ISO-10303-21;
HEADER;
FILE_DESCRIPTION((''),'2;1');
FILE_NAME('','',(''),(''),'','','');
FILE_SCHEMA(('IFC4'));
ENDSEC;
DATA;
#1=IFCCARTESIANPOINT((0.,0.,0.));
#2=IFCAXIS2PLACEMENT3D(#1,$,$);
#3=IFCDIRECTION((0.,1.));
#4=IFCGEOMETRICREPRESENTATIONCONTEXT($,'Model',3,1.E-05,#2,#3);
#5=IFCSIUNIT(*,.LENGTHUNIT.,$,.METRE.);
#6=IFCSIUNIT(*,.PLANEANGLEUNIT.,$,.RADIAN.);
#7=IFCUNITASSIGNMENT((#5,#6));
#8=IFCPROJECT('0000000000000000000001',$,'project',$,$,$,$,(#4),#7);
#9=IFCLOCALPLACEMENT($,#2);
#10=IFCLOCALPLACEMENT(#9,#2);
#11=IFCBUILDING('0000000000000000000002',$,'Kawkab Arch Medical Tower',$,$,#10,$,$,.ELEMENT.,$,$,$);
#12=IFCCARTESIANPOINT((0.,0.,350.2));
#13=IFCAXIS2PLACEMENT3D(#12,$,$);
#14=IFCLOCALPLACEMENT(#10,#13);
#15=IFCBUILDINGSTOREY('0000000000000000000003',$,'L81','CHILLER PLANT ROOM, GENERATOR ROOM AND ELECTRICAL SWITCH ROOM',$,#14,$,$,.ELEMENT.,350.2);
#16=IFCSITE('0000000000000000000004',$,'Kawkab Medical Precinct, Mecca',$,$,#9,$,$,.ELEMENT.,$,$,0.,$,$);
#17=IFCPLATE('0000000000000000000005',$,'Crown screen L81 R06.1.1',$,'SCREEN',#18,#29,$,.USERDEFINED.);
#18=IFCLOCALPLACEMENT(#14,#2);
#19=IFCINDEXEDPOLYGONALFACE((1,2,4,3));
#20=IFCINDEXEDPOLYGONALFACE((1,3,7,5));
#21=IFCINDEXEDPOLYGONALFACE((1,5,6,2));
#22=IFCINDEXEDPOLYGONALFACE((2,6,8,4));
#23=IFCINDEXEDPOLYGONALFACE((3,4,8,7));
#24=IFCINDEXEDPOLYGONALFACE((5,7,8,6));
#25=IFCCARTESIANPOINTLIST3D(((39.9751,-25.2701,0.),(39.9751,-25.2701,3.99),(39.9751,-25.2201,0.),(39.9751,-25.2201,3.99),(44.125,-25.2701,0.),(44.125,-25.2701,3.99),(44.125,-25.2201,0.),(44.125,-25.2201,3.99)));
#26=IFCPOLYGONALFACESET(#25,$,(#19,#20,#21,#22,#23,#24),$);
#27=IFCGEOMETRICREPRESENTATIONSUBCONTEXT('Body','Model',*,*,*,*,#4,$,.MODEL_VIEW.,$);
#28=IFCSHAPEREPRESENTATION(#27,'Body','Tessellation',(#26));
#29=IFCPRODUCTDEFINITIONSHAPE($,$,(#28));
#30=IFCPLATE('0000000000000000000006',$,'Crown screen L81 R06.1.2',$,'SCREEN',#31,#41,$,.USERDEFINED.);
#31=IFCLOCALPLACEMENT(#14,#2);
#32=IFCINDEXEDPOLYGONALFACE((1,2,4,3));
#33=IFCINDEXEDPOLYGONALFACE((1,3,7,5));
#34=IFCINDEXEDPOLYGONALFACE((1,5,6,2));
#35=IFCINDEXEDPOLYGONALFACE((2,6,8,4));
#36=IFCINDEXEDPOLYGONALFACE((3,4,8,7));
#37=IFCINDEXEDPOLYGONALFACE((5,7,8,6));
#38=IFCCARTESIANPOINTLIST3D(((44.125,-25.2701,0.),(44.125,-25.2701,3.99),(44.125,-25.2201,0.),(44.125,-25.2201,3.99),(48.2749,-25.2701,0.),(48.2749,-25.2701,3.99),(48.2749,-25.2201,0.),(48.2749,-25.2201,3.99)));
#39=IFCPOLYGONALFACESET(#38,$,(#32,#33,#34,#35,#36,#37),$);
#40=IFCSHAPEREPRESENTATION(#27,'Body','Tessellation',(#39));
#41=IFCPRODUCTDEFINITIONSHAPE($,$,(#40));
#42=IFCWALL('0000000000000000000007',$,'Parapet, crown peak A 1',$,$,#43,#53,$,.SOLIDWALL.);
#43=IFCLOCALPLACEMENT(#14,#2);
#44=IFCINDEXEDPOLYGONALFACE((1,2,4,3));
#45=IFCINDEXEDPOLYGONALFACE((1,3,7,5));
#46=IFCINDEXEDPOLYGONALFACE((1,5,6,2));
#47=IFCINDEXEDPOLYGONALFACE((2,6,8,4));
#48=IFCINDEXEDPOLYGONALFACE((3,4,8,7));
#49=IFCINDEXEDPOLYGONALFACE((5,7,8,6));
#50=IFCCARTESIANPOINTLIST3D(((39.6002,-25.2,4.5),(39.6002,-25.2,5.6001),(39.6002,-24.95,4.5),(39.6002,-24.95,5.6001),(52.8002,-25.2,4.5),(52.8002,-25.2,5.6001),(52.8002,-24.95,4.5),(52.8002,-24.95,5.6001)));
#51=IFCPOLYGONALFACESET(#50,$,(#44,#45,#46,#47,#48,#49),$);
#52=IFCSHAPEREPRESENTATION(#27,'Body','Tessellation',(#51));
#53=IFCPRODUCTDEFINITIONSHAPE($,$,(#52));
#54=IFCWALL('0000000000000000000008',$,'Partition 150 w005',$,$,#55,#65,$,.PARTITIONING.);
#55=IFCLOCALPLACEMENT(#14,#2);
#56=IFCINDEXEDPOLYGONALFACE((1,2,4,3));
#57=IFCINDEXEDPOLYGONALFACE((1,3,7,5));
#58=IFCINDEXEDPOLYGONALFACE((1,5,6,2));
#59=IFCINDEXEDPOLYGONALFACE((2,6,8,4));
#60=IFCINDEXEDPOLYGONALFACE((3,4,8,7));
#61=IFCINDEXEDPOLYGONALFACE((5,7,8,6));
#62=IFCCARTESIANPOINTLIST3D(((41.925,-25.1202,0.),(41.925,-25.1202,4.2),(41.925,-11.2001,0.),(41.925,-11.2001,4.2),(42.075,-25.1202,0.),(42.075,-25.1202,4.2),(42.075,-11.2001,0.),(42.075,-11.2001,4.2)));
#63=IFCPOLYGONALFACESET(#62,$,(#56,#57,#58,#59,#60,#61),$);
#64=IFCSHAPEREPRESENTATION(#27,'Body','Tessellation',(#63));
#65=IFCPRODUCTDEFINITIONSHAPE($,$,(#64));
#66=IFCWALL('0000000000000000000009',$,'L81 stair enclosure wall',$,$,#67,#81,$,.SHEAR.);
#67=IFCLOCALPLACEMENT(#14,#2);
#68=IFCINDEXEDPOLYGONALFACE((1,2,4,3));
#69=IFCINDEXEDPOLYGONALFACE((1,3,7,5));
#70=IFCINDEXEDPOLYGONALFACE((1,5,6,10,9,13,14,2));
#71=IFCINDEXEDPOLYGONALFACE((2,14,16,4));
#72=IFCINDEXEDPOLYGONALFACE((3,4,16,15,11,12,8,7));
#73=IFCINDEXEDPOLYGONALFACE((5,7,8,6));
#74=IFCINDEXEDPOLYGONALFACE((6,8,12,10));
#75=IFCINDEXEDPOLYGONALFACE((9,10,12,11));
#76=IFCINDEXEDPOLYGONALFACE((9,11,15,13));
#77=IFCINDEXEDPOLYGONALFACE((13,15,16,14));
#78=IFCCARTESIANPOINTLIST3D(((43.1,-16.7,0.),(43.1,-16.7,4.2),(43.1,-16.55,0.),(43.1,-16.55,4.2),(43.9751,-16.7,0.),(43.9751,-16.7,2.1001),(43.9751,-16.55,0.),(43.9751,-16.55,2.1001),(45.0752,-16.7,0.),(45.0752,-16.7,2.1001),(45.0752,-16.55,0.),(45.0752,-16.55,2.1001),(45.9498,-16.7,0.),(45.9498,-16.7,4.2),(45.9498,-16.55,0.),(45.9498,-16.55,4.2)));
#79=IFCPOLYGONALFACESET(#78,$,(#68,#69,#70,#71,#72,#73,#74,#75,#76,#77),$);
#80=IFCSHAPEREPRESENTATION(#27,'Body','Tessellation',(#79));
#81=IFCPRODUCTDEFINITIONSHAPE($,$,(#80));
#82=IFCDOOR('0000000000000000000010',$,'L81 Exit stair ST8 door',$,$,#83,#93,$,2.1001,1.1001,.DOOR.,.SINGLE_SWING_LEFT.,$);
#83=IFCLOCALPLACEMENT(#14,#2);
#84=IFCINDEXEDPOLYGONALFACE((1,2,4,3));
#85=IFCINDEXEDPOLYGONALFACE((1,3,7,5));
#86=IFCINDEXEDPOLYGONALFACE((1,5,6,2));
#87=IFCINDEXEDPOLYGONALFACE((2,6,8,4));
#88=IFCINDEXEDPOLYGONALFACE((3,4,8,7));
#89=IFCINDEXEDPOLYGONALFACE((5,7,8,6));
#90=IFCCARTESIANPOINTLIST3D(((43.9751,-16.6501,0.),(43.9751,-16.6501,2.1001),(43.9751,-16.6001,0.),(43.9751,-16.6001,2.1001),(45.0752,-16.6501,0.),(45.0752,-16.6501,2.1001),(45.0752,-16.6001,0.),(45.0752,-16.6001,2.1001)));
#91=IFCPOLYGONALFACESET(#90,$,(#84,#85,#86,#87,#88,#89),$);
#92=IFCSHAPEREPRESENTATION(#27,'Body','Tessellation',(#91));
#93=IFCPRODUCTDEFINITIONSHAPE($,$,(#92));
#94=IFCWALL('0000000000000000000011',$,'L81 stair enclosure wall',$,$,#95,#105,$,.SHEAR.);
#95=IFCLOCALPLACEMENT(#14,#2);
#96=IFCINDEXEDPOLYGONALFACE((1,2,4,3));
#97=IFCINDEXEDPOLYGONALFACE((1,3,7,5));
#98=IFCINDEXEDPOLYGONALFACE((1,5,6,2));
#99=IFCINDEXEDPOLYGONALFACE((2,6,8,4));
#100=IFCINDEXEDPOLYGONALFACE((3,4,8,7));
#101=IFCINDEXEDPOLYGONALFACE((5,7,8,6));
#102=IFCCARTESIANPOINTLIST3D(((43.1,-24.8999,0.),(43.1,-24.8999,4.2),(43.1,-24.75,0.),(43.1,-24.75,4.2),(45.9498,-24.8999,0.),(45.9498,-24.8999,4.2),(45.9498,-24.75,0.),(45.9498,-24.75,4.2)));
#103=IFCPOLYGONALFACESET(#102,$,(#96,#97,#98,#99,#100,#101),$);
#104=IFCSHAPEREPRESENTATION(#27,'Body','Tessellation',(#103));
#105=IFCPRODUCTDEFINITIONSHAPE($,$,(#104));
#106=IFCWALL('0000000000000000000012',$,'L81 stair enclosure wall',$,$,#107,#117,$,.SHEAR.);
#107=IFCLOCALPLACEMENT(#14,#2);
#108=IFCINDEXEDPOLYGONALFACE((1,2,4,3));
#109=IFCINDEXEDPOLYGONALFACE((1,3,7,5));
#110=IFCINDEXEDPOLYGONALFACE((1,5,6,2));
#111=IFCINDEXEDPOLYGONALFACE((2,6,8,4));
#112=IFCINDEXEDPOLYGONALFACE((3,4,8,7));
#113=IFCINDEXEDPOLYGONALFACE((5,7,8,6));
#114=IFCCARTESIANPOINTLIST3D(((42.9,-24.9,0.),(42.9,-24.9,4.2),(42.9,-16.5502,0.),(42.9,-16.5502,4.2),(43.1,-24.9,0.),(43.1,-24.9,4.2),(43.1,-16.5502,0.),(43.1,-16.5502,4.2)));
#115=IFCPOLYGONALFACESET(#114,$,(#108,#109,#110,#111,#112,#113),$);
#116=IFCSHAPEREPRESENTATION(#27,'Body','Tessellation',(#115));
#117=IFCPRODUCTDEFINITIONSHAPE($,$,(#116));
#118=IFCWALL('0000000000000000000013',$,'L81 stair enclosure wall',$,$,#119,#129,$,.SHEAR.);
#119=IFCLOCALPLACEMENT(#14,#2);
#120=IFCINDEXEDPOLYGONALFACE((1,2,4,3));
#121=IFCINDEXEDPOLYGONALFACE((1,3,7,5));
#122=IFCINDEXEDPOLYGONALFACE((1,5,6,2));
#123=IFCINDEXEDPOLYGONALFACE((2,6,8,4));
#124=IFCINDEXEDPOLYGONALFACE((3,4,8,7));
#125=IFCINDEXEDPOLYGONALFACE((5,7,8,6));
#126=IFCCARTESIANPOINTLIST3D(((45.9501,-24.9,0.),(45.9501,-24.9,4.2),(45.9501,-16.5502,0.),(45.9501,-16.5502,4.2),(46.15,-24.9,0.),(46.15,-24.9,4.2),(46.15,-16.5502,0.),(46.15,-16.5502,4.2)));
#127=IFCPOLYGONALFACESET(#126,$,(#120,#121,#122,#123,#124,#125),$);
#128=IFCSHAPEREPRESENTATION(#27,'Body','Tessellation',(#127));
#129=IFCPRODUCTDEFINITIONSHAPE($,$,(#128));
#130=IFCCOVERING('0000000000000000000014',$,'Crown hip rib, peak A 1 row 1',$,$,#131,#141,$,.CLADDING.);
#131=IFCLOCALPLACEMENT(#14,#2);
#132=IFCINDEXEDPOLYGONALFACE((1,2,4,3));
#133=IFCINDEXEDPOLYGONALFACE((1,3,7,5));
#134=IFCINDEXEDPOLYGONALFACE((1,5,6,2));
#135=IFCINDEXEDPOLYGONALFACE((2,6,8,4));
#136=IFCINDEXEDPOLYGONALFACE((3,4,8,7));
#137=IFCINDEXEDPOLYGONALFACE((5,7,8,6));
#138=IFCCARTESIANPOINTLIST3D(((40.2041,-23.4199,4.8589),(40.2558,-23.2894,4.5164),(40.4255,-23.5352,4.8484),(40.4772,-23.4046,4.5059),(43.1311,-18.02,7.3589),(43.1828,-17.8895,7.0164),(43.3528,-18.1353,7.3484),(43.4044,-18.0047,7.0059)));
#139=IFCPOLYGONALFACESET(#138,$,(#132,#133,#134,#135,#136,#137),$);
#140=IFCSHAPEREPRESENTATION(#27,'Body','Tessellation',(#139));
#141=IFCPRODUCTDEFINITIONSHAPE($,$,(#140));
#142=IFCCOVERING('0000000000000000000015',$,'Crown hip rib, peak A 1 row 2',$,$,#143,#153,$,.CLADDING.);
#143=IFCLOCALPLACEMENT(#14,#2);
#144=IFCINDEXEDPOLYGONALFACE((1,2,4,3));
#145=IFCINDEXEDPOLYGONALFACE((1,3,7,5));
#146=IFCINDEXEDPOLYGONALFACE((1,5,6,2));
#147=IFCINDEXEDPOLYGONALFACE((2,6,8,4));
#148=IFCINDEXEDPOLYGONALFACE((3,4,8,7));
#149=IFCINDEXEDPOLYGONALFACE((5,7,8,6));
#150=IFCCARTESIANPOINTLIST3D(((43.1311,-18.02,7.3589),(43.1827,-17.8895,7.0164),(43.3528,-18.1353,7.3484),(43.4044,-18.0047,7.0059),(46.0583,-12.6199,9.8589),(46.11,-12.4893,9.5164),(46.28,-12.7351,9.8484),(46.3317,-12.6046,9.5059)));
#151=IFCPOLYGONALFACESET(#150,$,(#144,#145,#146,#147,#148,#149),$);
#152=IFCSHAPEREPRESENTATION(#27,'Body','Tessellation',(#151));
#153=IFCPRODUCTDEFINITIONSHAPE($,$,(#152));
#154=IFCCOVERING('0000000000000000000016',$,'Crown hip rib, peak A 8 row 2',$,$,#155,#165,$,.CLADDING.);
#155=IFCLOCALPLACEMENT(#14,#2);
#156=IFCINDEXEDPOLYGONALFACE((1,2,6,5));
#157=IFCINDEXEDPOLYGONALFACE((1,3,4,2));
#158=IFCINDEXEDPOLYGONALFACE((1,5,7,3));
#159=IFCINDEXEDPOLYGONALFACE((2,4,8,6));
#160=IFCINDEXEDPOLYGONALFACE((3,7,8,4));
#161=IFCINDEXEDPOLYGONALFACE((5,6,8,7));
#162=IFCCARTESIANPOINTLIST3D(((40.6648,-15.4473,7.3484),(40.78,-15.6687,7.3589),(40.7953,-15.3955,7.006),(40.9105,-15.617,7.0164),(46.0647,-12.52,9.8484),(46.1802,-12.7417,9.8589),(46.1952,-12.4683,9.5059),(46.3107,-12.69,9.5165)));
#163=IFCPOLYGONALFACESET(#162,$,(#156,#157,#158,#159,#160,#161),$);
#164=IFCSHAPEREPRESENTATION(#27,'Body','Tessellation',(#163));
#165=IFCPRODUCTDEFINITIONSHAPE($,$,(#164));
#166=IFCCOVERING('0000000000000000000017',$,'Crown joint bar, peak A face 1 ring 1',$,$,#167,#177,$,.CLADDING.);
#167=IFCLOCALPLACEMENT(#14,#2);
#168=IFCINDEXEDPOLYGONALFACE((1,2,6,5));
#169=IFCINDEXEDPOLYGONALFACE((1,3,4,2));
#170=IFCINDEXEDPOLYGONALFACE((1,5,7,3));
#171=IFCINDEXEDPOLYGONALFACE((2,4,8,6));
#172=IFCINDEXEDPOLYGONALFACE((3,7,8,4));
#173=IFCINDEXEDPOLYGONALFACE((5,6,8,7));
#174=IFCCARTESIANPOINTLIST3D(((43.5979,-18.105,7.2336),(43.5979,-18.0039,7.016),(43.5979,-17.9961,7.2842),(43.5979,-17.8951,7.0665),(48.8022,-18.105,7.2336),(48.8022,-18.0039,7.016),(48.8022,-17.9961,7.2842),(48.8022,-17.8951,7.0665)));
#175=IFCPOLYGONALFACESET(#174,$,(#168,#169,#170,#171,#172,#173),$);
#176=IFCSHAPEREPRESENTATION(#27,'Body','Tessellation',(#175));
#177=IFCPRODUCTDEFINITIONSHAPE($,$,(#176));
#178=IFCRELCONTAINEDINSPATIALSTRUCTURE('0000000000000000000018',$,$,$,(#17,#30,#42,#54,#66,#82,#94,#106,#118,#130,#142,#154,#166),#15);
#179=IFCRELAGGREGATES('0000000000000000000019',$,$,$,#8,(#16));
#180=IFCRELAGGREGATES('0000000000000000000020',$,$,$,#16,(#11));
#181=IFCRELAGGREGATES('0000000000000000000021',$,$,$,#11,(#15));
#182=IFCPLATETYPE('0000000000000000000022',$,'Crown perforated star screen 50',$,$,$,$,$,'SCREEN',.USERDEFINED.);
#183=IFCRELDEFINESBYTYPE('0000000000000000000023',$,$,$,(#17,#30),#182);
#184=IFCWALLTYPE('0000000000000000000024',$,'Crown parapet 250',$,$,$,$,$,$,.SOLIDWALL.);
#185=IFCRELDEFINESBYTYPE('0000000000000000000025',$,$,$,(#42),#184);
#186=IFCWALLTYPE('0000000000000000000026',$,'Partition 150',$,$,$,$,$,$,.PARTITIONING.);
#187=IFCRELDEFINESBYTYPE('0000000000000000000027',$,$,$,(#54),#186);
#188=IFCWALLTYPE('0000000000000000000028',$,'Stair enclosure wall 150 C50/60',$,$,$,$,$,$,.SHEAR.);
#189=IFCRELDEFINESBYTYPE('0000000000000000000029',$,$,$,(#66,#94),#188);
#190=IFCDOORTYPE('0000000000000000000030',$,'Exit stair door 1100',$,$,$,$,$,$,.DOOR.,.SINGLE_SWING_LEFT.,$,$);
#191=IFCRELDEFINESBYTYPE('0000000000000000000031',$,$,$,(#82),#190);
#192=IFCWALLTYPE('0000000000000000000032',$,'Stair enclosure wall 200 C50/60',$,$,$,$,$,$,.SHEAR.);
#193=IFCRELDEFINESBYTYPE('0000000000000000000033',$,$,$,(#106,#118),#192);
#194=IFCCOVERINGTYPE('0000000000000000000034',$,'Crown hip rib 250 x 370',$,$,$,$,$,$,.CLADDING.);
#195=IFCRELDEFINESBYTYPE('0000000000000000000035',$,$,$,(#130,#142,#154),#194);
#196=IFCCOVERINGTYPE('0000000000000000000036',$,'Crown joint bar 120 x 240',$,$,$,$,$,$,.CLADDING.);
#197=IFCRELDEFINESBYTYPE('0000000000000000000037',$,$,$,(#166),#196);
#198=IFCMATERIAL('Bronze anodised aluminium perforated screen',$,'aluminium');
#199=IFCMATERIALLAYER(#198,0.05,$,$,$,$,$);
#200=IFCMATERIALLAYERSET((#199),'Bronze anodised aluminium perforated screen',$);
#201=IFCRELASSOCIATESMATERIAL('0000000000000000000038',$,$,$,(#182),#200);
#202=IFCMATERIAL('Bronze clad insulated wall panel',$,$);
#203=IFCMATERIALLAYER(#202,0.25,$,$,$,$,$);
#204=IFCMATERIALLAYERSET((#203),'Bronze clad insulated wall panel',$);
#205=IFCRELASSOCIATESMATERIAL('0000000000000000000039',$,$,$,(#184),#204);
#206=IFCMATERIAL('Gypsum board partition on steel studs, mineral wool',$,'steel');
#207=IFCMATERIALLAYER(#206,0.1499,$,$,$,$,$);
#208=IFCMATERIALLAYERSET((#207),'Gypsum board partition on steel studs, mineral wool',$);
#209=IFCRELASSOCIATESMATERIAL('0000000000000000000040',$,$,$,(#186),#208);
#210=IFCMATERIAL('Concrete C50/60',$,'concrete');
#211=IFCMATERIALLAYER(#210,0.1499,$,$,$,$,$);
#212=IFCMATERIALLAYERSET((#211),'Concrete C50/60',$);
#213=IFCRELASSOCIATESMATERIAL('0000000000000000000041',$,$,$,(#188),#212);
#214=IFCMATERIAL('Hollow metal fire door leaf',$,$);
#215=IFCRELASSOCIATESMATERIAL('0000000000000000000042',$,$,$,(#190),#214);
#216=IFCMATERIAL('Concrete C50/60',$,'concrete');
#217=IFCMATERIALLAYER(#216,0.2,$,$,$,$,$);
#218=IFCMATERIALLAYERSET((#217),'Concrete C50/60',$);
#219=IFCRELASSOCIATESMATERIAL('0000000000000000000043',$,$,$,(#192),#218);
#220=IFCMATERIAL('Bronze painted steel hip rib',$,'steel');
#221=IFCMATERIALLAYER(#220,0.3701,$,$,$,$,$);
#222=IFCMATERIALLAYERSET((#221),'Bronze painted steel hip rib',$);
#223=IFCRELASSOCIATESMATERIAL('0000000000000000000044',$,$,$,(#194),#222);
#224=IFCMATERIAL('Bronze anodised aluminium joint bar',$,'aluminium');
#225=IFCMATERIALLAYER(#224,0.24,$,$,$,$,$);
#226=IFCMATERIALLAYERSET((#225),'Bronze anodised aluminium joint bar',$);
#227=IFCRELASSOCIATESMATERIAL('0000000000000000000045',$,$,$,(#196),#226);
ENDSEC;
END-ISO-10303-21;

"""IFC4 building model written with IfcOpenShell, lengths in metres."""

from ifc_helpers import new_model, si_unit, direction, frame, frame_2d, origin, origin_2d, place, context, subcontext, project, spatial, polyline, rectangle, outline, extrude, material, layer, layer_set, type_object, element, fill, save


model = new_model("IFC4")

# Units and contexts
model_context = context("Model", 3, precision=1e-05, world=origin(), true_north=direction((0.0, 1.0)))
body_context = subcontext(model_context, "Body", "Model", "MODEL_VIEW")
ifc_project = project(units=[si_unit("LENGTHUNIT", "METRE"), si_unit("PLANEANGLEUNIT", "RADIAN")], contexts=[model_context])

# Site, building, storey
site_placement = place(None, origin())
site = spatial("IfcSite", under=ifc_project, at=site_placement, Name="Kawkab Medical Precinct, Mecca", CompositionType="ELEMENT", RefElevation=0.0)
building_placement = place(site_placement, origin())
building = spatial("IfcBuilding", under=site, at=building_placement, Name="Kawkab Arch Medical Tower", CompositionType="ELEMENT")
storey_placement = place(building_placement, frame((0.0, 0.0, 350.2)))
storey = spatial("IfcBuildingStorey", under=building, at=storey_placement, Name="L81", Description="CHILLER PLANT ROOM, GENERATOR ROOM AND ELECTRICAL SWITCH ROOM", CompositionType="ELEMENT", Elevation=350.2)

# Plates
ifc_material_1 = material(Name="Bronze anodised aluminium perforated screen", Category="aluminium")
ifc_layer_1 = layer(ifc_material_1, 0.05)
ifc_layer_set_1 = layer_set([ifc_layer_1], Name="Bronze anodised aluminium perforated screen")
plate_type_1 = type_object("IfcPlateType", Name="Crown perforated star screen 50", ElementType="SCREEN", PredefinedType="USERDEFINED", material=ifc_layer_set_1)
for number, where, z_axis, x_axis, name in (
    (1, (42.05, -25.2451, 0.0), (0.0, 0.0, 1.0), (1.0, 0.0, 0.0), "Crown screen L81 R06.1.1"),
    (2, (46.2, -25.2451, 0.0), (0.0, 0.0, 1.0), (1.0, 0.0, 0.0), "Crown screen L81 R06.1.2"),
):
    element("IfcPlate", number, at=place(storey_placement, frame(where, z_axis=z_axis, x_axis=x_axis)), inside=storey, type_object=plate_type_1, Name=name, ObjectType="SCREEN", PredefinedType="USERDEFINED", context=body_context, shape_type="SweptSolid", body=[
        extrude(rectangle(XDim=4.1499, YDim=0.05, at=origin_2d()), origin(), (0.0, 0.0, 1.0), 3.99),
    ])

# Walls
ifc_material_2 = material(Name="Bronze clad insulated wall panel")
ifc_layer_2 = layer(ifc_material_2, 0.25)
ifc_layer_set_2 = layer_set([ifc_layer_2], Name="Bronze clad insulated wall panel")
wall_type_1 = type_object("IfcWallType", Name="Crown parapet 250", PredefinedType="SOLIDWALL", material=ifc_layer_set_2)
wall_1_placement = place(storey_placement, frame((39.6001, -25.075, 4.5), z_axis=(0.0, 0.0, 1.0), x_axis=(1.0, 0.0, 0.0)))
element("IfcWall", 3, at=wall_1_placement, inside=storey, type_object=wall_type_1, Name="Parapet, crown peak A 1", PredefinedType="SOLIDWALL", context=body_context, shape_type="SweptSolid", body=[
    extrude(rectangle(XDim=13.2, YDim=0.25, at=frame_2d((6.6001, 0.0))), origin(), (0.0, 0.0, 1.0), 1.1001),
])
ifc_material_3 = material(Name="Gypsum board partition on steel studs, mineral wool", Category="steel")
ifc_layer_3 = layer(ifc_material_3, 0.1499)
ifc_layer_set_3 = layer_set([ifc_layer_3], Name="Gypsum board partition on steel studs, mineral wool")
wall_type_2 = type_object("IfcWallType", Name="Partition 150", PredefinedType="PARTITIONING", material=ifc_layer_set_3)
wall_2_placement = place(storey_placement, frame((42.0, -25.1201, 0.0), z_axis=(0.0, 0.0, 1.0), x_axis=(0.0, 1.0, 0.0)))
element("IfcWall", 4, at=wall_2_placement, inside=storey, type_object=wall_type_2, Name="Partition 150 w005", PredefinedType="PARTITIONING", context=body_context, shape_type="SweptSolid", body=[
    extrude(rectangle(XDim=13.9202, YDim=0.1499, at=frame_2d((6.96, 0.0))), origin(), (0.0, 0.0, 1.0), 4.2),
])

# Wall, opening, door
ifc_material_4 = material(Name="Concrete C50/60", Category="concrete")
ifc_layer_4 = layer(ifc_material_4, 0.1499)
ifc_layer_set_4 = layer_set([ifc_layer_4], Name="Concrete C50/60")
wall_type_3 = type_object("IfcWallType", Name="Stair enclosure wall 150 C50/60", PredefinedType="SHEAR", material=ifc_layer_set_4)
wall_3_placement = place(storey_placement, frame((43.1001, -16.625, 0.0), z_axis=(0.0, 0.0, 1.0), x_axis=(1.0, 0.0, 0.0)))
wall_3 = element("IfcWall", 5, at=wall_3_placement, inside=storey, type_object=wall_type_3, Name="L81 stair enclosure wall", PredefinedType="SHEAR", context=body_context, shape_type="SweptSolid", body=[
    extrude(rectangle(XDim=2.8499, YDim=0.1499, at=frame_2d((1.4248, 0.0))), origin(), (0.0, 0.0, 1.0), 4.2),
])
opening_placement = place(wall_3_placement, frame((0.875, 0.0, 0.0)))
opening = element("IfcOpeningElement", 6, at=opening_placement, cuts=wall_3, PredefinedType="OPENING", context=body_context, shape_type="SweptSolid", body=[
    extrude(rectangle(XDim=1.1001, YDim=2.1001, at=frame_2d((0.55, 1.05))), frame((0.0, 0.085, 0.0), z_axis=(0.0, -1.0, 0.0), x_axis=(1.0, 0.0, 0.0)), (0.0, 0.0, 1.0), 0.1699),
])
ifc_material_5 = material(Name="Hollow metal fire door leaf")
door_type = type_object("IfcDoorType", Name="Exit stair door 1100", OperationType="SINGLE_SWING_LEFT", PredefinedType="DOOR", material=ifc_material_5)
door_placement = place(opening_placement, origin())
door = element("IfcDoor", 7, at=door_placement, inside=storey, type_object=door_type, Name="L81 Exit stair ST8 door", OperationType="SINGLE_SWING_LEFT", OverallHeight=2.1001, OverallWidth=1.1001, PredefinedType="DOOR", context=body_context, shape_type="SweptSolid", body=[
    extrude(rectangle(XDim=1.1001, YDim=2.1001, at=frame_2d((0.55, 1.05))), frame((0.0, 0.0249, 0.0), z_axis=(0.0, -1.0, 0.0), x_axis=(1.0, 0.0, 0.0)), (0.0, 0.0, 1.0), 0.05),
])
fill(opening, door)

# Walls
wall_4_placement = place(storey_placement, frame((43.1001, -24.825, 0.0), z_axis=(0.0, 0.0, 1.0), x_axis=(1.0, 0.0, 0.0)))
element("IfcWall", 8, at=wall_4_placement, inside=storey, type_object=wall_type_3, Name="L81 stair enclosure wall", PredefinedType="SHEAR", context=body_context, shape_type="SweptSolid", body=[
    extrude(rectangle(XDim=2.8499, YDim=0.1499, at=frame_2d((1.4248, 0.0))), origin(), (0.0, 0.0, 1.0), 4.2),
])
ifc_material_6 = material(Name="Concrete C50/60", Category="concrete")
ifc_layer_5 = layer(ifc_material_6, 0.2)
ifc_layer_set_5 = layer_set([ifc_layer_5], Name="Concrete C50/60")
wall_type_4 = type_object("IfcWallType", Name="Stair enclosure wall 200 C50/60", PredefinedType="SHEAR", material=ifc_layer_set_5)
for number, where, z_axis, x_axis, name in (
    (9, (43.0, -24.8999, 0.0), (0.0, 0.0, 1.0), (0.0, 1.0, 0.0), "L81 stair enclosure wall"),
    (10, (46.05, -24.8999, 0.0), (0.0, 0.0, 1.0), (0.0, 1.0, 0.0), "L81 stair enclosure wall"),
):
    element("IfcWall", number, at=place(storey_placement, frame(where, z_axis=z_axis, x_axis=x_axis)), inside=storey, type_object=wall_type_4, Name=name, PredefinedType="SHEAR", context=body_context, shape_type="SweptSolid", body=[
        extrude(rectangle(XDim=8.3499, YDim=0.2, at=frame_2d((4.1748, 0.0))), origin(), (0.0, 0.0, 1.0), 4.2),
    ])

# Coverings
ifc_material_7 = material(Name="Bronze painted steel hip rib", Category="steel")
ifc_layer_6 = layer(ifc_material_7, 0.3701)
ifc_layer_set_6 = layer_set([ifc_layer_6], Name="Bronze painted steel hip rib")
covering_type_1 = type_object("IfcCoveringType", Name="Crown hip rib 250 x 370", PredefinedType="CLADDING", material=ifc_layer_set_6)
covering_1_placement = place(storey_placement, frame((40.4255, -23.5352, 4.8484), z_axis=(-0.1396, -0.352698, 0.925265), x_axis=(0.44141, 0.814271, 0.376987)))
element("IfcCovering", 11, at=covering_1_placement, inside=storey, type_object=covering_type_1, Name="Crown hip rib, peak A 1 row 1", PredefinedType="CLADDING", context=body_context, shape_type="SweptSolid", body=[
    extrude(outline(polyline([(0.0, 0.0), (6.6316, 0.0), (6.6315, 0.2501), (0.0, 0.2498), (0.0, 0.0)])), origin(), (0.0, 0.0, -1.0), 0.3701),
])
covering_2_placement = place(storey_placement, frame((43.3528, -18.1353, 7.3484), z_axis=(-0.139533, -0.352717, 0.925268), x_axis=(0.441398, 0.814285, 0.376973)))
element("IfcCovering", 12, at=covering_2_placement, inside=storey, type_object=covering_type_1, Name="Crown hip rib, peak A 1 row 2", PredefinedType="CLADDING", context=body_context, shape_type="SweptSolid", body=[
    extrude(outline(polyline([(0.0, 0.0), (6.6318, 0.0), (6.6317, 0.2501), (-0.0001, 0.2501), (0.0, 0.0)])), origin(), (0.0, 0.0, -1.0), 0.3701),
])
covering_3_placement = place(storey_placement, frame((40.78, -15.6687, 7.3589), z_axis=(-0.352614, -0.13975, 0.925275), x_axis=(0.814296, 0.441367, 0.376983)))
element("IfcCovering", 13, at=covering_3_placement, inside=storey, type_object=covering_type_1, Name="Crown hip rib, peak A 8 row 2", PredefinedType="CLADDING", context=body_context, shape_type="SweptSolid", body=[
    extrude(outline(polyline([(0.0, 0.0), (6.6317, 0.0), (6.6315, 0.2502), (-0.0001, 0.2498), (0.0, 0.0)])), origin(), (0.0, 0.0, -1.0), 0.3701),
])
ifc_material_8 = material(Name="Bronze anodised aluminium joint bar", Category="aluminium")
ifc_layer_7 = layer(ifc_material_8, 0.24)
ifc_layer_set_7 = layer_set([ifc_layer_7], Name="Bronze anodised aluminium joint bar")
covering_type_2 = type_object("IfcCoveringType", Name="Crown joint bar 120 x 240", PredefinedType="CLADDING", material=ifc_layer_set_7)
covering_4_placement = place(storey_placement, frame((43.5979, -18.105, 7.2336), z_axis=(0.0, -0.420992, 0.907064), x_axis=(1.0, 0.0, 0.0)))
element("IfcCovering", 14, at=covering_4_placement, inside=storey, type_object=covering_type_2, Name="Crown joint bar, peak A face 1 ring 1", PredefinedType="CLADDING", context=body_context, shape_type="SweptSolid", body=[
    extrude(outline(polyline([(0.0, 0.0), (5.2043, 0.0), (5.2043, 0.12), (0.0, 0.12), (0.0, 0.0)])), origin(), (0.0, 0.0, -1.0), 0.24),
])

save(model, "model.ifc")
